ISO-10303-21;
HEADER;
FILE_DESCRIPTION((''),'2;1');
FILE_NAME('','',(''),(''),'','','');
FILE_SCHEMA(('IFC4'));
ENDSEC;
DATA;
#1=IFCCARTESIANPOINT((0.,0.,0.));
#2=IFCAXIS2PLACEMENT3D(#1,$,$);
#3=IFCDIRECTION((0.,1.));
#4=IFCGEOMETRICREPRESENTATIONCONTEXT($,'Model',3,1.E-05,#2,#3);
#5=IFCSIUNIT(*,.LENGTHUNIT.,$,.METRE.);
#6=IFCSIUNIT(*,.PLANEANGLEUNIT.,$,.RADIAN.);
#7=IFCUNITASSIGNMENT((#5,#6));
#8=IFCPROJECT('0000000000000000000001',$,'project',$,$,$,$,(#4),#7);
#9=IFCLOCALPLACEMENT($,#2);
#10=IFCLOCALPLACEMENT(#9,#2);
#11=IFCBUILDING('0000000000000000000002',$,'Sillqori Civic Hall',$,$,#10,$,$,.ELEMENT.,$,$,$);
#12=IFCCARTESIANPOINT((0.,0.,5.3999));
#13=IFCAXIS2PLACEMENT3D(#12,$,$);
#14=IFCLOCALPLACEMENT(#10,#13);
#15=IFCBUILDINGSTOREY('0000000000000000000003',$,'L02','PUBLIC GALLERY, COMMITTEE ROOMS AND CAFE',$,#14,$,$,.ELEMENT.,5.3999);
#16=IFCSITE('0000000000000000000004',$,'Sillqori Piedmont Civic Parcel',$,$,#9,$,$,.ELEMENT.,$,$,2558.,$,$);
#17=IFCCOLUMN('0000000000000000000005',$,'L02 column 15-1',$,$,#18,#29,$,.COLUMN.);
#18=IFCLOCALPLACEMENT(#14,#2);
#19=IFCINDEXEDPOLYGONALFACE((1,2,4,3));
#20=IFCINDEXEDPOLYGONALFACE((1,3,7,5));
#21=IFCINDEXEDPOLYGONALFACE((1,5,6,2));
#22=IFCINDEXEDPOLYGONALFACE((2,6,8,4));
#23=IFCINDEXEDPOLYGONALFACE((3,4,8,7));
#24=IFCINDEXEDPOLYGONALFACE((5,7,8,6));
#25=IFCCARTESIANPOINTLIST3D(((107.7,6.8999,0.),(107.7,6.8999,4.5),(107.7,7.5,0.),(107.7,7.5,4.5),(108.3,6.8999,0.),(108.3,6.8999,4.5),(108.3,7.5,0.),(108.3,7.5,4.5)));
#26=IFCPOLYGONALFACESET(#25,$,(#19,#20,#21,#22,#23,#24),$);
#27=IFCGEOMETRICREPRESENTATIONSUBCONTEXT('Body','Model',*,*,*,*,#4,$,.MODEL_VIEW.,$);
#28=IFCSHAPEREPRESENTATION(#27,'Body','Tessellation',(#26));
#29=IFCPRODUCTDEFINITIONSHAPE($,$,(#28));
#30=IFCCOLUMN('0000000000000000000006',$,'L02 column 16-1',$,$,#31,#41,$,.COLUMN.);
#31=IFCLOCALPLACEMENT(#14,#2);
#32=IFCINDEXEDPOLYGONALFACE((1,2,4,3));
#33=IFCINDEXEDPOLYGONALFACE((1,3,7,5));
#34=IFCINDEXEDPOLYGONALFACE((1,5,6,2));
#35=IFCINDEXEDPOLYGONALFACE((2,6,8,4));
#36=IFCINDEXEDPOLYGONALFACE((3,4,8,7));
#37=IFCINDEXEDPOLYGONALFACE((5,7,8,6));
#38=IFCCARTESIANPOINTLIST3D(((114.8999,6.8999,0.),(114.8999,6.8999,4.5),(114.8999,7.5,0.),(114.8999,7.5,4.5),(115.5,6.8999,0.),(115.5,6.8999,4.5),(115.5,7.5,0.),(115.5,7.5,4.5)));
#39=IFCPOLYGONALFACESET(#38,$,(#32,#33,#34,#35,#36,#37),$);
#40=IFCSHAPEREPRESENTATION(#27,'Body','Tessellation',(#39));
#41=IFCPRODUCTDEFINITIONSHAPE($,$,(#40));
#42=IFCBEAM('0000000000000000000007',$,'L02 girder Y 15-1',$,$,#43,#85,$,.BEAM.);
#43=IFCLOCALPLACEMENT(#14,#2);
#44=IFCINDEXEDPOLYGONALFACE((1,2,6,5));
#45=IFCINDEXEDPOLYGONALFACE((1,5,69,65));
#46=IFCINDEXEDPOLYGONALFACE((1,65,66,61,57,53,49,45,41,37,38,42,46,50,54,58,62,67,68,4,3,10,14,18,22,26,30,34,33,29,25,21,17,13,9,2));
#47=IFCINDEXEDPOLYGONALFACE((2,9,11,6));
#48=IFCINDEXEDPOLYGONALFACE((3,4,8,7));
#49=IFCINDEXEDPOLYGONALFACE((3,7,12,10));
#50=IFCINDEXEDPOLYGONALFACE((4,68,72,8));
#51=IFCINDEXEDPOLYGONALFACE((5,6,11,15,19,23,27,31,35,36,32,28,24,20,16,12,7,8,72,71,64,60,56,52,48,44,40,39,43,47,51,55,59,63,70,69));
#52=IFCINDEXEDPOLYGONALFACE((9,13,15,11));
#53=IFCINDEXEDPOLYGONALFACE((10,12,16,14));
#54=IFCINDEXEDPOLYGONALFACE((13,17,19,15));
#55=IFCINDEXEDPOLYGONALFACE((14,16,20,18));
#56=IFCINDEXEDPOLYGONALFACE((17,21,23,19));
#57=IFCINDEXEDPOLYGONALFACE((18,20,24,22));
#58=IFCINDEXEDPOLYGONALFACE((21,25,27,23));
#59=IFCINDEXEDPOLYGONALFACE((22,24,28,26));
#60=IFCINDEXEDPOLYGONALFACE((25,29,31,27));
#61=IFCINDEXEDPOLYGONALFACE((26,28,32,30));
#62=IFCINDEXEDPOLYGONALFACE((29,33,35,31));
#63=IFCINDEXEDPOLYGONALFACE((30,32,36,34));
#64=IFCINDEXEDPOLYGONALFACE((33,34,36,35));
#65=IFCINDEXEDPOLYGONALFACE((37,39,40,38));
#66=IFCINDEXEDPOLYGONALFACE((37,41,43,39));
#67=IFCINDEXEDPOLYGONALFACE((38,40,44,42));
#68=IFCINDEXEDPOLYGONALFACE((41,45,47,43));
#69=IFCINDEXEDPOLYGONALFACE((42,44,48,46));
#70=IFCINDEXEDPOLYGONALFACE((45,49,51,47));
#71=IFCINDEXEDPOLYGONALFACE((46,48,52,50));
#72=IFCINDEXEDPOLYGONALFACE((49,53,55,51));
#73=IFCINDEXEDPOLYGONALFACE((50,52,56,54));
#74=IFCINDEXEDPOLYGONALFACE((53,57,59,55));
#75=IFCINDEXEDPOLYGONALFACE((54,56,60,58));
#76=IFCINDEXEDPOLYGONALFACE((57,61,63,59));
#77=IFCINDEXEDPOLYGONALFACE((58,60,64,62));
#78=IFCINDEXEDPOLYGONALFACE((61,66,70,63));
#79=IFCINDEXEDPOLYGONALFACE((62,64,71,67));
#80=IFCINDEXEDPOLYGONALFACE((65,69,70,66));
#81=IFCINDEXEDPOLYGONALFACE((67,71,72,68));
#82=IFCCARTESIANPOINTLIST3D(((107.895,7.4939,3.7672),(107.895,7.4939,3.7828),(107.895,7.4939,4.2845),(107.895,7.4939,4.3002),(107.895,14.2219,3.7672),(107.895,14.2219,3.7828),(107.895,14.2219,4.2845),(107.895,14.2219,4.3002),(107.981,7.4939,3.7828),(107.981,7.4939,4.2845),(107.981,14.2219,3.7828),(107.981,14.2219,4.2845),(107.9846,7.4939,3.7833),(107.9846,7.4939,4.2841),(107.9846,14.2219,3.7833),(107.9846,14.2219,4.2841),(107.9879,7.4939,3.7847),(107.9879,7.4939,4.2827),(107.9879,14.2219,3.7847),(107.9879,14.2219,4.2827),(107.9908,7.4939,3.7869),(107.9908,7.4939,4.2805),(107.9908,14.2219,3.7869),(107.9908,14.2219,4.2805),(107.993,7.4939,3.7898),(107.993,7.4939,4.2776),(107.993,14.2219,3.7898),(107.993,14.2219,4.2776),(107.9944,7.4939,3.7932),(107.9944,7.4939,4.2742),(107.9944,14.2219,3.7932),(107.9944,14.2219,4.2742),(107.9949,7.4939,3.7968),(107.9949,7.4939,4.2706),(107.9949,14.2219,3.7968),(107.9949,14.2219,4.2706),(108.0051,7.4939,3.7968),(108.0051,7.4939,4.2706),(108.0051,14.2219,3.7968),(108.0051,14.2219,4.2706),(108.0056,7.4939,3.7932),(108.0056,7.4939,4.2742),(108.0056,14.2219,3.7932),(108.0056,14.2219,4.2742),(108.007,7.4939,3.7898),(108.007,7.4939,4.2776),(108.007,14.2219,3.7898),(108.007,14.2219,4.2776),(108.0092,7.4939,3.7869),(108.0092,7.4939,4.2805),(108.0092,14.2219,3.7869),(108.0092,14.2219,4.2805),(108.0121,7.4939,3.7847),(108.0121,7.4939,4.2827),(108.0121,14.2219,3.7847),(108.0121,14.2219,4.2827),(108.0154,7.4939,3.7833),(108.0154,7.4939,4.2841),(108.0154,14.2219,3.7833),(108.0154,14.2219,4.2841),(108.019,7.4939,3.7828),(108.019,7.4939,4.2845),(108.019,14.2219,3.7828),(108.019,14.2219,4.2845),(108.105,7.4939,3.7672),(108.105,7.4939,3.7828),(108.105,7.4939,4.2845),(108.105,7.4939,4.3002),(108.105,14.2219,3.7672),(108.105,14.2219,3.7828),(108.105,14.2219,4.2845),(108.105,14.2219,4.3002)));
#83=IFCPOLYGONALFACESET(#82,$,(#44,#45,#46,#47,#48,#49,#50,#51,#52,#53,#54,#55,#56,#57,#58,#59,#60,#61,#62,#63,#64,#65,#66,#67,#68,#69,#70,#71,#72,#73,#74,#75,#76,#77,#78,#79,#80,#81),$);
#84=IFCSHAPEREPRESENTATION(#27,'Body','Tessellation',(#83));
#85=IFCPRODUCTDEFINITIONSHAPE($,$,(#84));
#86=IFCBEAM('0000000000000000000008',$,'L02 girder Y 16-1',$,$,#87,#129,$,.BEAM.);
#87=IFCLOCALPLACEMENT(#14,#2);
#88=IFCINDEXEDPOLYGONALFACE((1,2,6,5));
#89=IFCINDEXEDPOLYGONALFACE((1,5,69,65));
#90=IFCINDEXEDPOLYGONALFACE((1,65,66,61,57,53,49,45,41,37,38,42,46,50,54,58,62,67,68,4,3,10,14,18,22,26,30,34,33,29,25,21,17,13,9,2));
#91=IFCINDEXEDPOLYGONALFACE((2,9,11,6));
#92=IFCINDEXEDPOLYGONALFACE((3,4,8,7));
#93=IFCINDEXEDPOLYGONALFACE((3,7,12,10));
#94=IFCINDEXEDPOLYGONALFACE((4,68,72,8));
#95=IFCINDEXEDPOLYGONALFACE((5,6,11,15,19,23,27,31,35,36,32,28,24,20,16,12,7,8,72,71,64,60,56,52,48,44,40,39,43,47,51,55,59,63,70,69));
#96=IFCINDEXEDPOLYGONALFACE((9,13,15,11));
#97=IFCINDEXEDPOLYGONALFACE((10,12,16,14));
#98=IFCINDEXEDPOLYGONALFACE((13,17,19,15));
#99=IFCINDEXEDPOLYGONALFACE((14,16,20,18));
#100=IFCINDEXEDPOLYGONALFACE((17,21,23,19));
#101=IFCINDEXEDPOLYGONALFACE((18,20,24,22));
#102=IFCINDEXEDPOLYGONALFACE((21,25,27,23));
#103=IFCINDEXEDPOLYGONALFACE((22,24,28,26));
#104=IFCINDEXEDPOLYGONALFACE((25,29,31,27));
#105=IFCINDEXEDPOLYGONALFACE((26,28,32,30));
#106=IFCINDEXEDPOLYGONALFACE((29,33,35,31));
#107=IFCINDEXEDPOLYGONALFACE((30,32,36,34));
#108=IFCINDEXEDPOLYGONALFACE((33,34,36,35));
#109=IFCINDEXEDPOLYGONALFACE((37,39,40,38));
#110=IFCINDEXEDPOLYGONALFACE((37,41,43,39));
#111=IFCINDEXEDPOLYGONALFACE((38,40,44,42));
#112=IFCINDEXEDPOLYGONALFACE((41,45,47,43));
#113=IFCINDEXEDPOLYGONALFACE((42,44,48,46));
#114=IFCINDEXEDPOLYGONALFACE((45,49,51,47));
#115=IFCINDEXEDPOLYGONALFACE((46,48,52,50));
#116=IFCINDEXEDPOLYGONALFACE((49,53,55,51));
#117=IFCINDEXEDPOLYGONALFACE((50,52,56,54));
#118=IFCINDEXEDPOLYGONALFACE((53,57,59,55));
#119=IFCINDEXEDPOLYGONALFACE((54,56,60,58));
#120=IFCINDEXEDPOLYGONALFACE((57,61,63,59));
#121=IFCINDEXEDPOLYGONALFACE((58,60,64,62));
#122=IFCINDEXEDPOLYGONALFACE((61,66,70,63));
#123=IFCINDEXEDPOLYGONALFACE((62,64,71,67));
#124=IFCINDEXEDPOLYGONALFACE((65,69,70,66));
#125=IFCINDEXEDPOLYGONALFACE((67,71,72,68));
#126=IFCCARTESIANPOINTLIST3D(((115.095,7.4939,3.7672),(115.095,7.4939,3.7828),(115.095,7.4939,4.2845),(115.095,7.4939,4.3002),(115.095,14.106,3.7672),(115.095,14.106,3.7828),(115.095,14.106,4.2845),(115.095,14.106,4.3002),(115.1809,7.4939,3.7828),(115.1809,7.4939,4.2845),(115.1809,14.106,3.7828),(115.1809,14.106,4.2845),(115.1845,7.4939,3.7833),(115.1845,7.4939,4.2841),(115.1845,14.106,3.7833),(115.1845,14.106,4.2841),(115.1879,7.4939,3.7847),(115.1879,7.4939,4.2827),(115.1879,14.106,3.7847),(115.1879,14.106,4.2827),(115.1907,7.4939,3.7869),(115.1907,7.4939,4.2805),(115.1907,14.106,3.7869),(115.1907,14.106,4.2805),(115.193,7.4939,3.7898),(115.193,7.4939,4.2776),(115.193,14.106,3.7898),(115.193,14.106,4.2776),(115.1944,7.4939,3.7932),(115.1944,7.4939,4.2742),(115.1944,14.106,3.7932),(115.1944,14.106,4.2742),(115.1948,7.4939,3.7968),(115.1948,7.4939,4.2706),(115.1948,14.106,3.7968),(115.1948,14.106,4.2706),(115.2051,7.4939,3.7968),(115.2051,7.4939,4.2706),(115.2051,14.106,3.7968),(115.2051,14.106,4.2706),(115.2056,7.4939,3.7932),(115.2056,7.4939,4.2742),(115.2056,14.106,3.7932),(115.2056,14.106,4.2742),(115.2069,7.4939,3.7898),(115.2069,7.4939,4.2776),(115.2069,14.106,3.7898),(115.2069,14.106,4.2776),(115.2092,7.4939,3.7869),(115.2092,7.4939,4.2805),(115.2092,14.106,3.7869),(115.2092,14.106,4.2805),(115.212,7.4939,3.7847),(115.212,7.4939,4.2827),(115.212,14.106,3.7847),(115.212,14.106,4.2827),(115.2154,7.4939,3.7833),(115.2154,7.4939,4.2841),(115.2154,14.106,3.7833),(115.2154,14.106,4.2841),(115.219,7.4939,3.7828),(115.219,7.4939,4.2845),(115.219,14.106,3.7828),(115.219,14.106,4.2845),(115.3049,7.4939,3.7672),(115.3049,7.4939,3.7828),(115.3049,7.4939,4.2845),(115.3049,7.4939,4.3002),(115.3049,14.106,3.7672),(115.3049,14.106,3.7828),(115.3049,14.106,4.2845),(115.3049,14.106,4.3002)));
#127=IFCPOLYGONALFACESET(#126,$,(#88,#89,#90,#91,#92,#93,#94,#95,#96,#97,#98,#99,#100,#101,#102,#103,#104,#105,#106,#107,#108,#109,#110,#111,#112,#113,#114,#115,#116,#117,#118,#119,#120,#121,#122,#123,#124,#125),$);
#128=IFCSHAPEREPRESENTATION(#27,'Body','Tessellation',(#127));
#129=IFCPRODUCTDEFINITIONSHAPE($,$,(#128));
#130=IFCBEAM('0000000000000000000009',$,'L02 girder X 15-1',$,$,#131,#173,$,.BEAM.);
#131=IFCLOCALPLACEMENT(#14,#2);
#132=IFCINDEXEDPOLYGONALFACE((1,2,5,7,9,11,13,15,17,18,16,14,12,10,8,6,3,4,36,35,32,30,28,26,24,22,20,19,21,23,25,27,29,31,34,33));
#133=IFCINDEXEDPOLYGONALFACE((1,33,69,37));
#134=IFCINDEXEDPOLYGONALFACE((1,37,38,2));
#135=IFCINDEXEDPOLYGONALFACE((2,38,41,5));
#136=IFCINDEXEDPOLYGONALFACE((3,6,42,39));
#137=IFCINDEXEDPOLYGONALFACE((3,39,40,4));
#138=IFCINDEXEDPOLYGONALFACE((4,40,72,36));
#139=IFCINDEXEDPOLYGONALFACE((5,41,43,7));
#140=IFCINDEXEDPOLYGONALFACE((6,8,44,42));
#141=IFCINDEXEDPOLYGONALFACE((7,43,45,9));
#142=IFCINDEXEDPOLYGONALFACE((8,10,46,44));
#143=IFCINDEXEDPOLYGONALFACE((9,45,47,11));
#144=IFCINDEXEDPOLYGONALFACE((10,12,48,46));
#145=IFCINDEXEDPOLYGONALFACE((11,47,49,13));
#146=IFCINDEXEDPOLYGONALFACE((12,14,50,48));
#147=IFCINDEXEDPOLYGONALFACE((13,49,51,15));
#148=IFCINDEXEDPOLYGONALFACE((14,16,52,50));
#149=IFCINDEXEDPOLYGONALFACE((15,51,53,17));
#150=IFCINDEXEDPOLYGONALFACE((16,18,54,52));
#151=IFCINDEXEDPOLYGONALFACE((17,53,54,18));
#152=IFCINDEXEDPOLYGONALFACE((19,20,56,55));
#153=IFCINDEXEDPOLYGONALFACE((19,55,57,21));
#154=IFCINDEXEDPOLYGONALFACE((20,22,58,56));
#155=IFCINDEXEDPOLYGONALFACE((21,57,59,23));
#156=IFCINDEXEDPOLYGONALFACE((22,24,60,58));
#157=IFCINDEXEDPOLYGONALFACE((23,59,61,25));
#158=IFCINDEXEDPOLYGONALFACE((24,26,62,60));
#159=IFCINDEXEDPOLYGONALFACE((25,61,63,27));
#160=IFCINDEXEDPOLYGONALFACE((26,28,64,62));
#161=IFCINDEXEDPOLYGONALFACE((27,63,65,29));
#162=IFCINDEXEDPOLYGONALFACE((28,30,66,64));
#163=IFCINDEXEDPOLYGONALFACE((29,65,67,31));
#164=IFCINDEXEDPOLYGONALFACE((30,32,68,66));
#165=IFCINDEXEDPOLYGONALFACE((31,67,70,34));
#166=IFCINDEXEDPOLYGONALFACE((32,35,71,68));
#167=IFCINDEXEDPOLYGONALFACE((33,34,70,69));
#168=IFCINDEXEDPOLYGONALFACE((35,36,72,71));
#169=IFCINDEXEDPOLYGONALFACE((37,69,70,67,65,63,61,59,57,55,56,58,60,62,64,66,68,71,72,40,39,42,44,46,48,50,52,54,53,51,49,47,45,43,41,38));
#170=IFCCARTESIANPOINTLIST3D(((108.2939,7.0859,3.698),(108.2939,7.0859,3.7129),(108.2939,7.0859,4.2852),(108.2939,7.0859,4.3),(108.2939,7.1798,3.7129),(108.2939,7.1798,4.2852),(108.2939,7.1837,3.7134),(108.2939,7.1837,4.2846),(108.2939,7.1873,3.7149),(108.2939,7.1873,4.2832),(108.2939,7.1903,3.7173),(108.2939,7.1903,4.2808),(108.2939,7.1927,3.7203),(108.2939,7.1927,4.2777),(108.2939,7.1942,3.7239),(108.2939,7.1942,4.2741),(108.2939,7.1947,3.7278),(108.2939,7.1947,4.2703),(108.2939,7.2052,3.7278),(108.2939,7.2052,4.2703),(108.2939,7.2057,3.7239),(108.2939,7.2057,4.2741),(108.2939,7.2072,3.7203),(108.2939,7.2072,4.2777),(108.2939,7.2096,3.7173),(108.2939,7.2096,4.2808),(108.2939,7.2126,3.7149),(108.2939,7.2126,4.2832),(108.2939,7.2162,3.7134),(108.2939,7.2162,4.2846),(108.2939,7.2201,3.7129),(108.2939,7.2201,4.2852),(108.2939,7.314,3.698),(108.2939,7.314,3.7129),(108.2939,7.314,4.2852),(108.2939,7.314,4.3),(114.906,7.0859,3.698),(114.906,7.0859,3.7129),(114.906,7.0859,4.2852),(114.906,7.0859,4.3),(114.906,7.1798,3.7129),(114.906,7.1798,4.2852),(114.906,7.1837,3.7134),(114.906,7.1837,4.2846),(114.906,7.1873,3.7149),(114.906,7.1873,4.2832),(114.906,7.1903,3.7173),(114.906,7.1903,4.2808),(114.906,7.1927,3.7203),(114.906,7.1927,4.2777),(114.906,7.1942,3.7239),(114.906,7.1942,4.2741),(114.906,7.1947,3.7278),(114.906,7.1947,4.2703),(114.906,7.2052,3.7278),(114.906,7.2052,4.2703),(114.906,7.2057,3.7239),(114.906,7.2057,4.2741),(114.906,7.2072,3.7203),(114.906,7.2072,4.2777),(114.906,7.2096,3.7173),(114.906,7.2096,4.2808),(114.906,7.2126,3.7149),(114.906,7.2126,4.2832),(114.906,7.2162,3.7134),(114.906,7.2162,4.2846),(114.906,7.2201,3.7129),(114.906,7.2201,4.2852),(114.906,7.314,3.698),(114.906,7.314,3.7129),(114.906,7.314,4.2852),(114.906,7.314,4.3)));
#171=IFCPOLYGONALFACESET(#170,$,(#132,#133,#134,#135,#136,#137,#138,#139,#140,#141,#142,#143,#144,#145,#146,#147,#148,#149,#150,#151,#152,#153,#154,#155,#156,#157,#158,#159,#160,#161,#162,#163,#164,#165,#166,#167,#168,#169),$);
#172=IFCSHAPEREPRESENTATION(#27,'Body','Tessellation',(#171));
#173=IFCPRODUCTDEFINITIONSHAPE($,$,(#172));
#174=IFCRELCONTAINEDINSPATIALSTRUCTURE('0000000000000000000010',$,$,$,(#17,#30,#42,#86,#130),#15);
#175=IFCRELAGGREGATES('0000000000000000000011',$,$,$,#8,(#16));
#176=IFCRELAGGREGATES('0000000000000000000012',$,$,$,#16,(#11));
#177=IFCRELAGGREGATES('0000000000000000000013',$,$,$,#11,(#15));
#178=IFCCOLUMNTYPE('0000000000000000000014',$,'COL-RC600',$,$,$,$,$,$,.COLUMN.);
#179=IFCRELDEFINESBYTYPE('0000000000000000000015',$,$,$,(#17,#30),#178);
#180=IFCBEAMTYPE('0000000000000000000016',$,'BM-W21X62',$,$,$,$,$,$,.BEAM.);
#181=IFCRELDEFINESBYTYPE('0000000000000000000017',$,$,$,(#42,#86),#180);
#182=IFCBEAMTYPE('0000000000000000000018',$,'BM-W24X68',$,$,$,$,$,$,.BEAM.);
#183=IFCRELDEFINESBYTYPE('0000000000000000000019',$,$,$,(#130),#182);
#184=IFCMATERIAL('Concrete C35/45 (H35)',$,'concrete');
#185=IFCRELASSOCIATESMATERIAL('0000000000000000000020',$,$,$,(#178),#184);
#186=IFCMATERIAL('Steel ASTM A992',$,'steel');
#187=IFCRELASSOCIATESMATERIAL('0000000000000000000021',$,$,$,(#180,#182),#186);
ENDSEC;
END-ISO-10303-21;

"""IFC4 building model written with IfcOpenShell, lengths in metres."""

from ifc_helpers import new_model, si_unit, direction, frame, origin, origin_2d, place, context, subcontext, project, spatial, rectangle, i_section, extrude, material, material_profile, profile_set, type_object, element, save


model = new_model("IFC4")

# Units and contexts
model_context = context("Model", 3, precision=1e-05, world=origin(), true_north=direction((0.0, 1.0)))
body_context = subcontext(model_context, "Body", "Model", "MODEL_VIEW")
ifc_project = project(units=[si_unit("LENGTHUNIT", "METRE"), si_unit("PLANEANGLEUNIT", "RADIAN")], contexts=[model_context])

# Site, building, storey
site_placement = place(None, origin())
site = spatial("IfcSite", under=ifc_project, at=site_placement, Name="Sillqori Piedmont Civic Parcel", CompositionType="ELEMENT", RefElevation=2558.0)
building_placement = place(site_placement, origin())
building = spatial("IfcBuilding", under=site, at=building_placement, Name="Sillqori Civic Hall", CompositionType="ELEMENT")
storey_placement = place(building_placement, frame((0.0, 0.0, 5.3999)))
storey = spatial("IfcBuildingStorey", under=building, at=storey_placement, Name="L02", Description="PUBLIC GALLERY, COMMITTEE ROOMS AND CAFE", CompositionType="ELEMENT", Elevation=5.3999)

# Columns
ifc_material_1 = material(Name="Concrete C35/45 (H35)", Category="concrete")
ifc_material_profile_1 = material_profile(ifc_material_1, rectangle(XDim=0.6001, YDim=0.6001, at=origin_2d()), Name="RC 600x600")
ifc_profile_set_1 = profile_set([ifc_material_profile_1], Name="Concrete C35/45 (H35)")
column_type = type_object("IfcColumnType", Name="COL-RC600", PredefinedType="COLUMN", material=ifc_profile_set_1)
for number, where, z_axis, x_axis, name in (
    (1, (108.0, 7.2, 0.0), (0.0, 0.0, 1.0), (1.0, 0.0, 0.0), "L02 column 15-1"),
    (2, (115.2, 7.2, 0.0), (0.0, 0.0, 1.0), (1.0, 0.0, 0.0), "L02 column 16-1"),
):
    element("IfcColumn", number, at=place(storey_placement, frame(where, z_axis=z_axis, x_axis=x_axis)), inside=storey, type_object=column_type, Name=name, PredefinedType="COLUMN", context=body_context, shape_type="SweptSolid", body=[
        extrude(rectangle(XDim=0.6001, YDim=0.6001, at=origin_2d()), origin(), (0.0, 0.0, 1.0), 4.5),
    ])

# Beams
ifc_material_2 = material(Name="Steel ASTM A992", Category="steel")
ifc_material_profile_2 = material_profile(ifc_material_2, i_section(OverallWidth=0.21, OverallDepth=0.533, WebThickness=0.0103, FlangeThickness=0.0156, FilletRadius=0.0139, at=origin_2d()), Name="W21X62")
ifc_profile_set_2 = profile_set([ifc_material_profile_2], Name="Steel ASTM A992")
beam_type_1 = type_object("IfcBeamType", Name="BM-W21X62", PredefinedType="BEAM", material=ifc_profile_set_2)
beam_1_placement = place(storey_placement, frame((108.0, 7.4939, 4.0337), z_axis=(0.0, 1.0, 0.0), x_axis=(-1.0, 0.0, 0.0)))
element("IfcBeam", 3, at=beam_1_placement, inside=storey, type_object=beam_type_1, Name="L02 girder Y 15-1", PredefinedType="BEAM", context=body_context, shape_type="SweptSolid", body=[
    extrude(i_section(OverallWidth=0.21, OverallDepth=0.533, WebThickness=0.0103, FlangeThickness=0.0156, FilletRadius=0.0139, at=origin_2d()), origin(), (0.0, 0.0, 1.0), 6.728),
])
beam_2_placement = place(storey_placement, frame((115.2, 7.4939, 4.0337), z_axis=(0.0, 1.0, 0.0), x_axis=(-1.0, 0.0, 0.0)))
element("IfcBeam", 4, at=beam_2_placement, inside=storey, type_object=beam_type_1, Name="L02 girder Y 16-1", PredefinedType="BEAM", context=body_context, shape_type="SweptSolid", body=[
    extrude(i_section(OverallWidth=0.21, OverallDepth=0.533, WebThickness=0.0103, FlangeThickness=0.0156, FilletRadius=0.0139, at=origin_2d()), origin(), (0.0, 0.0, 1.0), 6.6121),
])
ifc_material_profile_3 = material_profile(ifc_material_2, i_section(OverallWidth=0.228, OverallDepth=0.6021, WebThickness=0.0105, FlangeThickness=0.0149, FilletRadius=0.0149, at=origin_2d()), Name="W24X68")
ifc_profile_set_3 = profile_set([ifc_material_profile_3], Name="Steel ASTM A992")
beam_type_2 = type_object("IfcBeamType", Name="BM-W24X68", PredefinedType="BEAM", material=ifc_profile_set_3)
beam_3_placement = place(storey_placement, frame((108.2939, 7.2, 3.999), z_axis=(1.0, 0.0, 0.0), x_axis=(0.0, 1.0, 0.0)))
element("IfcBeam", 5, at=beam_3_placement, inside=storey, type_object=beam_type_2, Name="L02 girder X 15-1", PredefinedType="BEAM", context=body_context, shape_type="SweptSolid", body=[
    extrude(i_section(OverallWidth=0.228, OverallDepth=0.6021, WebThickness=0.0105, FlangeThickness=0.0149, FilletRadius=0.0149, at=origin_2d()), origin(), (0.0, 0.0, 1.0), 6.6121),
])

save(model, "model.ifc")
